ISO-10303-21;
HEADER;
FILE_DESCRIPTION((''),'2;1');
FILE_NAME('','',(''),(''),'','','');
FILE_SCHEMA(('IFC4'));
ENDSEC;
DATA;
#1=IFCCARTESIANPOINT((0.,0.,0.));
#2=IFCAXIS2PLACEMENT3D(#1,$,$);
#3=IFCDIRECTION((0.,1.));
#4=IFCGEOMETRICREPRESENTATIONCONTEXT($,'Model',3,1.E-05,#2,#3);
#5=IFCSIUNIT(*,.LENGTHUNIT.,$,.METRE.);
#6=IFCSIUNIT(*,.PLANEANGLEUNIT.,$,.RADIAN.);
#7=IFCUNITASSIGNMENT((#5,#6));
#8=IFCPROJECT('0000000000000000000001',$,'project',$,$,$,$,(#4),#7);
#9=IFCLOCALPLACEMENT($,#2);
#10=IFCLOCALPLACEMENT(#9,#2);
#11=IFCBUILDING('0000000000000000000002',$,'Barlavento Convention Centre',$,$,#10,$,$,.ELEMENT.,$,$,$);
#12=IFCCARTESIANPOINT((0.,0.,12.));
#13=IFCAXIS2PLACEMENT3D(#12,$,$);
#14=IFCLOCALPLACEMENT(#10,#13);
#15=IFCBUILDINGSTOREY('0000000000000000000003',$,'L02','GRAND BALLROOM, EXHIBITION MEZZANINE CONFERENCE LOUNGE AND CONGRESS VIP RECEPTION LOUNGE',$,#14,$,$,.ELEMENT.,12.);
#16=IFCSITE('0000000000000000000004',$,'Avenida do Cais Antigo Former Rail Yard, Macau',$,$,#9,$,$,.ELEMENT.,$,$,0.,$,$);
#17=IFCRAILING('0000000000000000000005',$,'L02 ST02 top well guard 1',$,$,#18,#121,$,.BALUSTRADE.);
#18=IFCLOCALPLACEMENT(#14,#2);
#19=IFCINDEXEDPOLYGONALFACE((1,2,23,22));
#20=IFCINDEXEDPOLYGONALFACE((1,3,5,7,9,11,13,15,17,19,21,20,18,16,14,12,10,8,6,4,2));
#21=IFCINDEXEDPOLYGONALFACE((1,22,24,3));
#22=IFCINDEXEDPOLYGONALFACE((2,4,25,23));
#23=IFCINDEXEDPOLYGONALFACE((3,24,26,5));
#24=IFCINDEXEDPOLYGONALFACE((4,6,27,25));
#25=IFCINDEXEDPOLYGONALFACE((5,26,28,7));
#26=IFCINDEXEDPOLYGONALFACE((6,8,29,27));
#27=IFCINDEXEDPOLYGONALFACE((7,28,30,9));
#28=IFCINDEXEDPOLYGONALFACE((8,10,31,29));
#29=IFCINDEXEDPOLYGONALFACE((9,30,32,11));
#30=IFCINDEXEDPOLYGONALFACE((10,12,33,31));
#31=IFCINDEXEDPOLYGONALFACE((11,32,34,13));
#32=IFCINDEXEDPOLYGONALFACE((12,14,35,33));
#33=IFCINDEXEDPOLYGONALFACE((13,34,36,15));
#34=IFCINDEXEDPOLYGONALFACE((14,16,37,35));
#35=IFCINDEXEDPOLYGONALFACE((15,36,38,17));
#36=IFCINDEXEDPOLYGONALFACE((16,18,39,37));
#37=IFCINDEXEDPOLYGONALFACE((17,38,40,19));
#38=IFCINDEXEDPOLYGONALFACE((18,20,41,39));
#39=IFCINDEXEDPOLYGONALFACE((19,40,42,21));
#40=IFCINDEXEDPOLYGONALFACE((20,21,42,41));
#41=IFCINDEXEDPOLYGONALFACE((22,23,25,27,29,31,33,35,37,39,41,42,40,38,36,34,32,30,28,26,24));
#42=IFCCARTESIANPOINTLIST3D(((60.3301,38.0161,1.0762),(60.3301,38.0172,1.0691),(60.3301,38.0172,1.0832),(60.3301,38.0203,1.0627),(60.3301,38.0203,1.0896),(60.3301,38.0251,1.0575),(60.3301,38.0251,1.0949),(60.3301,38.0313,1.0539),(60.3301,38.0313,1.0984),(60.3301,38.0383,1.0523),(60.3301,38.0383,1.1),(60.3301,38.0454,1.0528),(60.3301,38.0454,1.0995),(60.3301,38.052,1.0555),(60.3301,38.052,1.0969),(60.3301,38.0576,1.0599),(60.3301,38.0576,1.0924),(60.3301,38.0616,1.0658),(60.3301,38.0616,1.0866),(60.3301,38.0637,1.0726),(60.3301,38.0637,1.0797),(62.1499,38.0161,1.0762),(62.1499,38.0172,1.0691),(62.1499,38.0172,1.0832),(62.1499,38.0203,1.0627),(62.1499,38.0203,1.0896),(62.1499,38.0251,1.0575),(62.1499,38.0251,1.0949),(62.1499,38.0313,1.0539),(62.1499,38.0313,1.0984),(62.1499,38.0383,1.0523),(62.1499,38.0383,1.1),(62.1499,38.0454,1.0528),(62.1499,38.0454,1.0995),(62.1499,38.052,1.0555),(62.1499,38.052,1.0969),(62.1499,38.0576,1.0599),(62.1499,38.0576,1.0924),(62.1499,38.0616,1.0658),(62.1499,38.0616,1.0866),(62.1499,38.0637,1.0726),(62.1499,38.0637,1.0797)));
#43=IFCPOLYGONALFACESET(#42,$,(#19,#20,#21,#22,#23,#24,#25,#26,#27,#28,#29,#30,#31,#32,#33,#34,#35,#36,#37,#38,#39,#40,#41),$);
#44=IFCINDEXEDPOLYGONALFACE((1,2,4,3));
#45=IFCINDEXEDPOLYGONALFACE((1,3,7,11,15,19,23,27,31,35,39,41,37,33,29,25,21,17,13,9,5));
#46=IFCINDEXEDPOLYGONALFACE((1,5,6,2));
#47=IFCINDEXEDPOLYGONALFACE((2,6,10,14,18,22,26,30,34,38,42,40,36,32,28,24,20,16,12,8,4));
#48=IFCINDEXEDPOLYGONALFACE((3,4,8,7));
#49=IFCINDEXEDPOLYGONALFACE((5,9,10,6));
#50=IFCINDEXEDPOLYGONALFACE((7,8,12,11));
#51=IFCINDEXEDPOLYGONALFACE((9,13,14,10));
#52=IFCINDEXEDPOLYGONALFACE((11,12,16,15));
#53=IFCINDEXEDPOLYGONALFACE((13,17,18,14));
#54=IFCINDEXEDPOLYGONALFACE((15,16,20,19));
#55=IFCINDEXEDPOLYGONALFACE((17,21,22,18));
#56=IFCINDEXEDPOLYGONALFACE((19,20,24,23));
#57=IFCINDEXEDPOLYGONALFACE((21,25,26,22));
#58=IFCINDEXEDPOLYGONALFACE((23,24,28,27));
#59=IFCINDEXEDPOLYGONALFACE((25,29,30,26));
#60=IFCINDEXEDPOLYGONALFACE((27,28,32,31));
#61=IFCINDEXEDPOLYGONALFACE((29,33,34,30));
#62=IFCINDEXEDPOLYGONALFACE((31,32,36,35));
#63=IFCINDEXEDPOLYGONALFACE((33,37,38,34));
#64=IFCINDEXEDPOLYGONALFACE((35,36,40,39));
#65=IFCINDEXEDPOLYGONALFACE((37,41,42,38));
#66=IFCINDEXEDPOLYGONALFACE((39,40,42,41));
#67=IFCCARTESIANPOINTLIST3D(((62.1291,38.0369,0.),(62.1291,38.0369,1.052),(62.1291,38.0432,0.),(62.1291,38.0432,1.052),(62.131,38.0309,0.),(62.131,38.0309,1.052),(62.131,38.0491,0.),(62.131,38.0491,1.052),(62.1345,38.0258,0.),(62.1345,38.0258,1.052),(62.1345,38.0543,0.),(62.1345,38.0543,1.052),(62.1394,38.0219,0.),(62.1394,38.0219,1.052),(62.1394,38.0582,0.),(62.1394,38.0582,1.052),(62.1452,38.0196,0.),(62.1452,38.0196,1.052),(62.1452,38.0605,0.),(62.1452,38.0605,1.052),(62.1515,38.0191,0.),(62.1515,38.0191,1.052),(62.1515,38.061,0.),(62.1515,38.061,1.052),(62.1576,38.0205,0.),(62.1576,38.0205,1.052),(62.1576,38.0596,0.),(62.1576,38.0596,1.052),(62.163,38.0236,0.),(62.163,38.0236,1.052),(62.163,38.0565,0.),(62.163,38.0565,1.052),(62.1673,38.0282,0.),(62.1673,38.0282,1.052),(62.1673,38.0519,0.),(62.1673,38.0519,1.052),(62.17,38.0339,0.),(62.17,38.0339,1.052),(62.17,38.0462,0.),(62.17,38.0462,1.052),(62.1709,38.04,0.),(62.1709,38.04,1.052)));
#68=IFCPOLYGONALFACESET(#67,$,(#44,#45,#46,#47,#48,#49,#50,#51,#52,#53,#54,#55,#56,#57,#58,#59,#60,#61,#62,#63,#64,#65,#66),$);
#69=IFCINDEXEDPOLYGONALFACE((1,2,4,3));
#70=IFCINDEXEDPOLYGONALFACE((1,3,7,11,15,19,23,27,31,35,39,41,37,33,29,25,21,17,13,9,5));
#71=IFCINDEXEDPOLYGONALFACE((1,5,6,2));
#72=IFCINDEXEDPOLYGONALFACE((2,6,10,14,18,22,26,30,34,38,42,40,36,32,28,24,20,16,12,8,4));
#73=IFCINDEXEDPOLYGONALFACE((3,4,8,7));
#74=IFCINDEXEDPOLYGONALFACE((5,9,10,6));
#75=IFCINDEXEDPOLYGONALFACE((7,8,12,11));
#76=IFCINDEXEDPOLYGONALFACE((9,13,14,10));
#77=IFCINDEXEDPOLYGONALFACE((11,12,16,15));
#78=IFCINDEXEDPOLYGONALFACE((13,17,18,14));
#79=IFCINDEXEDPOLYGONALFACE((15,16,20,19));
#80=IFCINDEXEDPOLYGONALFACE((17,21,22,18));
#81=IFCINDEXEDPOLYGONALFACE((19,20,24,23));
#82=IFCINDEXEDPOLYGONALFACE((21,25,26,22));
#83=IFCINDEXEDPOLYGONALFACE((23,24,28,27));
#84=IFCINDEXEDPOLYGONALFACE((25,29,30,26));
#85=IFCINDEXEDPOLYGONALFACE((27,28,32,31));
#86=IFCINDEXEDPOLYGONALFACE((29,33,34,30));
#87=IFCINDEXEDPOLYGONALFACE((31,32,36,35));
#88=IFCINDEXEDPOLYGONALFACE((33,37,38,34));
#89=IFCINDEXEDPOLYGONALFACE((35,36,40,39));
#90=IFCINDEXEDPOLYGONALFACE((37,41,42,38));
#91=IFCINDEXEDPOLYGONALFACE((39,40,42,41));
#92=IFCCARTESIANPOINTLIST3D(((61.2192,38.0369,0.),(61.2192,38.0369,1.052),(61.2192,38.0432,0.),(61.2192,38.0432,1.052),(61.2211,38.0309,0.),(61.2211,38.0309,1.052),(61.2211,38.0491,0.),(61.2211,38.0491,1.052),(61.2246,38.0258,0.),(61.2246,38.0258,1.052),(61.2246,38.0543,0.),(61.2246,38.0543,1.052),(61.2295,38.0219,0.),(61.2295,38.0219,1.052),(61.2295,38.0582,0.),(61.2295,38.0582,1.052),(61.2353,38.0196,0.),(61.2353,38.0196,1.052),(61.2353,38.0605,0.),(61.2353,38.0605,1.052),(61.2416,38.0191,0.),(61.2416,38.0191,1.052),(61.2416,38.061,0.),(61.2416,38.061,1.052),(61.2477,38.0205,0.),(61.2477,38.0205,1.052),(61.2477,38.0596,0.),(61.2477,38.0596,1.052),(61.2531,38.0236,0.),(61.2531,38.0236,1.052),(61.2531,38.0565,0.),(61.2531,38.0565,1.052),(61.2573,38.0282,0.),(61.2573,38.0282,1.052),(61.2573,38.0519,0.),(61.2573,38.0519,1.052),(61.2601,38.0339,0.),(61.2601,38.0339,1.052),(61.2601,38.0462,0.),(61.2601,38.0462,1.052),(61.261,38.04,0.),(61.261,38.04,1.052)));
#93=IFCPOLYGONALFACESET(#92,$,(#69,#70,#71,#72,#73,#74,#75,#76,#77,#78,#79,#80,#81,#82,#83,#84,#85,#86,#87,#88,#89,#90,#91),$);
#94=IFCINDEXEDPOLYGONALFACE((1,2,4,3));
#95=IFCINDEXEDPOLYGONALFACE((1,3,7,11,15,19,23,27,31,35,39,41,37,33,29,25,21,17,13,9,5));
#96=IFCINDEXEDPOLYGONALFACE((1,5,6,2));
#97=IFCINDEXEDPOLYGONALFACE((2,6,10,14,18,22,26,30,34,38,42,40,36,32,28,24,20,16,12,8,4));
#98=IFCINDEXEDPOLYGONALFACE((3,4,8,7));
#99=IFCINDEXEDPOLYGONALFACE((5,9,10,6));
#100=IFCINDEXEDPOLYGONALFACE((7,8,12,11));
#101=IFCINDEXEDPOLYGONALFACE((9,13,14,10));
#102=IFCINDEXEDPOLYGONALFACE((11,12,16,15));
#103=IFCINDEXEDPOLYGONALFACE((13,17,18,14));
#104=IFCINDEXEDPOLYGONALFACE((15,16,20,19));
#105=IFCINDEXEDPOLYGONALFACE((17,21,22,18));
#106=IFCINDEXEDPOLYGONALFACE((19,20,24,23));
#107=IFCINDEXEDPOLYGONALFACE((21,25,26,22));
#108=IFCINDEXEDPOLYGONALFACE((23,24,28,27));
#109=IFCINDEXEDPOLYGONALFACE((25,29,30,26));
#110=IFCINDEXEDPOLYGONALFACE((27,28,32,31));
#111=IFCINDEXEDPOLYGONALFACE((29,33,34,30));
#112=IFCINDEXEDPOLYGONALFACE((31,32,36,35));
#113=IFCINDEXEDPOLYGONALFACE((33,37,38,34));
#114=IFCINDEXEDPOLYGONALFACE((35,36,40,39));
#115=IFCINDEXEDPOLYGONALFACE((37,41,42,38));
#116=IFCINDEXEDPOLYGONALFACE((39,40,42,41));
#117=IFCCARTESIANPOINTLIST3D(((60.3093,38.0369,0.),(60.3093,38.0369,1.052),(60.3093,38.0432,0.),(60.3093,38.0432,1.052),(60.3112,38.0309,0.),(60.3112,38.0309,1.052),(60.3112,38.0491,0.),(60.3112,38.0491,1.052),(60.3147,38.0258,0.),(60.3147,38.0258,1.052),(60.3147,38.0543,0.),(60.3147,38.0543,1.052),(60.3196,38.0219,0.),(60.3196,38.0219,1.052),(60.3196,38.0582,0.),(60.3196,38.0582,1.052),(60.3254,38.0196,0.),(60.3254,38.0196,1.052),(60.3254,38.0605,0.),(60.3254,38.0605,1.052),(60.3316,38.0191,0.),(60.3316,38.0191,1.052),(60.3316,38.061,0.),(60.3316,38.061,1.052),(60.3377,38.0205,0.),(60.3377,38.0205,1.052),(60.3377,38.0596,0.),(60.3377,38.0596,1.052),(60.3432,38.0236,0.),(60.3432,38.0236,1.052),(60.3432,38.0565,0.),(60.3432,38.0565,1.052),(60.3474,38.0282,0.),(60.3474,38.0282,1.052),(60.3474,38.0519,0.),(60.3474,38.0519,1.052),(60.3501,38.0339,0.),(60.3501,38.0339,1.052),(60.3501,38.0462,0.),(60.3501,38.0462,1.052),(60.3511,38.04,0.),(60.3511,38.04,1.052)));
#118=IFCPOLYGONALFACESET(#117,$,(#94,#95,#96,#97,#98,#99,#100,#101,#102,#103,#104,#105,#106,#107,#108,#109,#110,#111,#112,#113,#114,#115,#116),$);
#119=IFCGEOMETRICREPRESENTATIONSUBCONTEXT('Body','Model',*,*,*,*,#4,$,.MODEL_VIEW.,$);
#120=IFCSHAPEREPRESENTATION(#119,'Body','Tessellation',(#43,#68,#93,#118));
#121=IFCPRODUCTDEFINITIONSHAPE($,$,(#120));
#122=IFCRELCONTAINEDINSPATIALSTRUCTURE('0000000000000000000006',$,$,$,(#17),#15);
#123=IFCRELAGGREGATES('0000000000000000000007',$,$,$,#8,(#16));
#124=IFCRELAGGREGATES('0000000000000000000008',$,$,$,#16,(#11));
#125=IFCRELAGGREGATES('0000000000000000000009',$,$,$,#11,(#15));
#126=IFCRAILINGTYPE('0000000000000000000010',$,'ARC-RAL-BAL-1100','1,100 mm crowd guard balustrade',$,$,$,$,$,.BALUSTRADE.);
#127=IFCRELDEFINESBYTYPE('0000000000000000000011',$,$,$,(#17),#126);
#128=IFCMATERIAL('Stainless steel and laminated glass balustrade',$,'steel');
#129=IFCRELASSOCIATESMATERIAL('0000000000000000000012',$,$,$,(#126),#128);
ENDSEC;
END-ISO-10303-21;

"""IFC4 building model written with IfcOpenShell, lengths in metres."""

from ifc_helpers import new_model, si_unit, direction, frame, origin, origin_2d, place, context, subcontext, project, spatial, circle, extrude, material, type_object, element, save


model = new_model("IFC4")

# Units and contexts
model_context = context("Model", 3, precision=1e-05, world=origin(), true_north=direction((0.0, 1.0)))
body_context = subcontext(model_context, "Body", "Model", "MODEL_VIEW")
ifc_project = project(units=[si_unit("LENGTHUNIT", "METRE"), si_unit("PLANEANGLEUNIT", "RADIAN")], contexts=[model_context])

# Site, building, storey
site_placement = place(None, origin())
site = spatial("IfcSite", under=ifc_project, at=site_placement, Name="Avenida do Cais Antigo Former Rail Yard, Macau", CompositionType="ELEMENT", RefElevation=0.0)
building_placement = place(site_placement, origin())
building = spatial("IfcBuilding", under=site, at=building_placement, Name="Barlavento Convention Centre", CompositionType="ELEMENT")
storey_placement = place(building_placement, frame((0.0, 0.0, 12.0)))
storey = spatial("IfcBuildingStorey", under=building, at=storey_placement, Name="L02", Description="GRAND BALLROOM, EXHIBITION MEZZANINE CONFERENCE LOUNGE AND CONGRESS VIP RECEPTION LOUNGE", CompositionType="ELEMENT", Elevation=12.0)

# Railing
ifc_material_1 = material(Name="Stainless steel and laminated glass balustrade", Category="steel")
railing_type = type_object("IfcRailingType", Name="ARC-RAL-BAL-1100", Description="1,100 mm crowd guard balustrade", PredefinedType="BALUSTRADE", material=ifc_material_1)
railing_1_placement = place(storey_placement, frame((62.1499, 38.04, 0.0)))
element("IfcRailing", 1, at=railing_1_placement, inside=storey, type_object=railing_type, Name="L02 ST02 top well guard 1", PredefinedType="BALUSTRADE", context=body_context, shape_type="SweptSolid", body=[
    extrude(circle(Radius=0.0239, at=origin_2d()), frame((0.0, 0.0, 1.0762), z_axis=(-1.0, 0.0, 0.0), x_axis=(0.0, -1.0, 0.0)), (0.0, 0.0, 1.0), 1.8198),
    extrude(circle(Radius=0.021, at=origin_2d()), origin(), (0.0, 0.0, 1.0), 1.052),
    extrude(circle(Radius=0.021, at=origin_2d()), frame((-0.9099, 0.0, 0.0)), (0.0, 0.0, 1.0), 1.052),
    extrude(circle(Radius=0.021, at=origin_2d()), frame((-1.8198, 0.0, 0.0)), (0.0, 0.0, 1.0), 1.052),
])

save(model, "model.ifc")
